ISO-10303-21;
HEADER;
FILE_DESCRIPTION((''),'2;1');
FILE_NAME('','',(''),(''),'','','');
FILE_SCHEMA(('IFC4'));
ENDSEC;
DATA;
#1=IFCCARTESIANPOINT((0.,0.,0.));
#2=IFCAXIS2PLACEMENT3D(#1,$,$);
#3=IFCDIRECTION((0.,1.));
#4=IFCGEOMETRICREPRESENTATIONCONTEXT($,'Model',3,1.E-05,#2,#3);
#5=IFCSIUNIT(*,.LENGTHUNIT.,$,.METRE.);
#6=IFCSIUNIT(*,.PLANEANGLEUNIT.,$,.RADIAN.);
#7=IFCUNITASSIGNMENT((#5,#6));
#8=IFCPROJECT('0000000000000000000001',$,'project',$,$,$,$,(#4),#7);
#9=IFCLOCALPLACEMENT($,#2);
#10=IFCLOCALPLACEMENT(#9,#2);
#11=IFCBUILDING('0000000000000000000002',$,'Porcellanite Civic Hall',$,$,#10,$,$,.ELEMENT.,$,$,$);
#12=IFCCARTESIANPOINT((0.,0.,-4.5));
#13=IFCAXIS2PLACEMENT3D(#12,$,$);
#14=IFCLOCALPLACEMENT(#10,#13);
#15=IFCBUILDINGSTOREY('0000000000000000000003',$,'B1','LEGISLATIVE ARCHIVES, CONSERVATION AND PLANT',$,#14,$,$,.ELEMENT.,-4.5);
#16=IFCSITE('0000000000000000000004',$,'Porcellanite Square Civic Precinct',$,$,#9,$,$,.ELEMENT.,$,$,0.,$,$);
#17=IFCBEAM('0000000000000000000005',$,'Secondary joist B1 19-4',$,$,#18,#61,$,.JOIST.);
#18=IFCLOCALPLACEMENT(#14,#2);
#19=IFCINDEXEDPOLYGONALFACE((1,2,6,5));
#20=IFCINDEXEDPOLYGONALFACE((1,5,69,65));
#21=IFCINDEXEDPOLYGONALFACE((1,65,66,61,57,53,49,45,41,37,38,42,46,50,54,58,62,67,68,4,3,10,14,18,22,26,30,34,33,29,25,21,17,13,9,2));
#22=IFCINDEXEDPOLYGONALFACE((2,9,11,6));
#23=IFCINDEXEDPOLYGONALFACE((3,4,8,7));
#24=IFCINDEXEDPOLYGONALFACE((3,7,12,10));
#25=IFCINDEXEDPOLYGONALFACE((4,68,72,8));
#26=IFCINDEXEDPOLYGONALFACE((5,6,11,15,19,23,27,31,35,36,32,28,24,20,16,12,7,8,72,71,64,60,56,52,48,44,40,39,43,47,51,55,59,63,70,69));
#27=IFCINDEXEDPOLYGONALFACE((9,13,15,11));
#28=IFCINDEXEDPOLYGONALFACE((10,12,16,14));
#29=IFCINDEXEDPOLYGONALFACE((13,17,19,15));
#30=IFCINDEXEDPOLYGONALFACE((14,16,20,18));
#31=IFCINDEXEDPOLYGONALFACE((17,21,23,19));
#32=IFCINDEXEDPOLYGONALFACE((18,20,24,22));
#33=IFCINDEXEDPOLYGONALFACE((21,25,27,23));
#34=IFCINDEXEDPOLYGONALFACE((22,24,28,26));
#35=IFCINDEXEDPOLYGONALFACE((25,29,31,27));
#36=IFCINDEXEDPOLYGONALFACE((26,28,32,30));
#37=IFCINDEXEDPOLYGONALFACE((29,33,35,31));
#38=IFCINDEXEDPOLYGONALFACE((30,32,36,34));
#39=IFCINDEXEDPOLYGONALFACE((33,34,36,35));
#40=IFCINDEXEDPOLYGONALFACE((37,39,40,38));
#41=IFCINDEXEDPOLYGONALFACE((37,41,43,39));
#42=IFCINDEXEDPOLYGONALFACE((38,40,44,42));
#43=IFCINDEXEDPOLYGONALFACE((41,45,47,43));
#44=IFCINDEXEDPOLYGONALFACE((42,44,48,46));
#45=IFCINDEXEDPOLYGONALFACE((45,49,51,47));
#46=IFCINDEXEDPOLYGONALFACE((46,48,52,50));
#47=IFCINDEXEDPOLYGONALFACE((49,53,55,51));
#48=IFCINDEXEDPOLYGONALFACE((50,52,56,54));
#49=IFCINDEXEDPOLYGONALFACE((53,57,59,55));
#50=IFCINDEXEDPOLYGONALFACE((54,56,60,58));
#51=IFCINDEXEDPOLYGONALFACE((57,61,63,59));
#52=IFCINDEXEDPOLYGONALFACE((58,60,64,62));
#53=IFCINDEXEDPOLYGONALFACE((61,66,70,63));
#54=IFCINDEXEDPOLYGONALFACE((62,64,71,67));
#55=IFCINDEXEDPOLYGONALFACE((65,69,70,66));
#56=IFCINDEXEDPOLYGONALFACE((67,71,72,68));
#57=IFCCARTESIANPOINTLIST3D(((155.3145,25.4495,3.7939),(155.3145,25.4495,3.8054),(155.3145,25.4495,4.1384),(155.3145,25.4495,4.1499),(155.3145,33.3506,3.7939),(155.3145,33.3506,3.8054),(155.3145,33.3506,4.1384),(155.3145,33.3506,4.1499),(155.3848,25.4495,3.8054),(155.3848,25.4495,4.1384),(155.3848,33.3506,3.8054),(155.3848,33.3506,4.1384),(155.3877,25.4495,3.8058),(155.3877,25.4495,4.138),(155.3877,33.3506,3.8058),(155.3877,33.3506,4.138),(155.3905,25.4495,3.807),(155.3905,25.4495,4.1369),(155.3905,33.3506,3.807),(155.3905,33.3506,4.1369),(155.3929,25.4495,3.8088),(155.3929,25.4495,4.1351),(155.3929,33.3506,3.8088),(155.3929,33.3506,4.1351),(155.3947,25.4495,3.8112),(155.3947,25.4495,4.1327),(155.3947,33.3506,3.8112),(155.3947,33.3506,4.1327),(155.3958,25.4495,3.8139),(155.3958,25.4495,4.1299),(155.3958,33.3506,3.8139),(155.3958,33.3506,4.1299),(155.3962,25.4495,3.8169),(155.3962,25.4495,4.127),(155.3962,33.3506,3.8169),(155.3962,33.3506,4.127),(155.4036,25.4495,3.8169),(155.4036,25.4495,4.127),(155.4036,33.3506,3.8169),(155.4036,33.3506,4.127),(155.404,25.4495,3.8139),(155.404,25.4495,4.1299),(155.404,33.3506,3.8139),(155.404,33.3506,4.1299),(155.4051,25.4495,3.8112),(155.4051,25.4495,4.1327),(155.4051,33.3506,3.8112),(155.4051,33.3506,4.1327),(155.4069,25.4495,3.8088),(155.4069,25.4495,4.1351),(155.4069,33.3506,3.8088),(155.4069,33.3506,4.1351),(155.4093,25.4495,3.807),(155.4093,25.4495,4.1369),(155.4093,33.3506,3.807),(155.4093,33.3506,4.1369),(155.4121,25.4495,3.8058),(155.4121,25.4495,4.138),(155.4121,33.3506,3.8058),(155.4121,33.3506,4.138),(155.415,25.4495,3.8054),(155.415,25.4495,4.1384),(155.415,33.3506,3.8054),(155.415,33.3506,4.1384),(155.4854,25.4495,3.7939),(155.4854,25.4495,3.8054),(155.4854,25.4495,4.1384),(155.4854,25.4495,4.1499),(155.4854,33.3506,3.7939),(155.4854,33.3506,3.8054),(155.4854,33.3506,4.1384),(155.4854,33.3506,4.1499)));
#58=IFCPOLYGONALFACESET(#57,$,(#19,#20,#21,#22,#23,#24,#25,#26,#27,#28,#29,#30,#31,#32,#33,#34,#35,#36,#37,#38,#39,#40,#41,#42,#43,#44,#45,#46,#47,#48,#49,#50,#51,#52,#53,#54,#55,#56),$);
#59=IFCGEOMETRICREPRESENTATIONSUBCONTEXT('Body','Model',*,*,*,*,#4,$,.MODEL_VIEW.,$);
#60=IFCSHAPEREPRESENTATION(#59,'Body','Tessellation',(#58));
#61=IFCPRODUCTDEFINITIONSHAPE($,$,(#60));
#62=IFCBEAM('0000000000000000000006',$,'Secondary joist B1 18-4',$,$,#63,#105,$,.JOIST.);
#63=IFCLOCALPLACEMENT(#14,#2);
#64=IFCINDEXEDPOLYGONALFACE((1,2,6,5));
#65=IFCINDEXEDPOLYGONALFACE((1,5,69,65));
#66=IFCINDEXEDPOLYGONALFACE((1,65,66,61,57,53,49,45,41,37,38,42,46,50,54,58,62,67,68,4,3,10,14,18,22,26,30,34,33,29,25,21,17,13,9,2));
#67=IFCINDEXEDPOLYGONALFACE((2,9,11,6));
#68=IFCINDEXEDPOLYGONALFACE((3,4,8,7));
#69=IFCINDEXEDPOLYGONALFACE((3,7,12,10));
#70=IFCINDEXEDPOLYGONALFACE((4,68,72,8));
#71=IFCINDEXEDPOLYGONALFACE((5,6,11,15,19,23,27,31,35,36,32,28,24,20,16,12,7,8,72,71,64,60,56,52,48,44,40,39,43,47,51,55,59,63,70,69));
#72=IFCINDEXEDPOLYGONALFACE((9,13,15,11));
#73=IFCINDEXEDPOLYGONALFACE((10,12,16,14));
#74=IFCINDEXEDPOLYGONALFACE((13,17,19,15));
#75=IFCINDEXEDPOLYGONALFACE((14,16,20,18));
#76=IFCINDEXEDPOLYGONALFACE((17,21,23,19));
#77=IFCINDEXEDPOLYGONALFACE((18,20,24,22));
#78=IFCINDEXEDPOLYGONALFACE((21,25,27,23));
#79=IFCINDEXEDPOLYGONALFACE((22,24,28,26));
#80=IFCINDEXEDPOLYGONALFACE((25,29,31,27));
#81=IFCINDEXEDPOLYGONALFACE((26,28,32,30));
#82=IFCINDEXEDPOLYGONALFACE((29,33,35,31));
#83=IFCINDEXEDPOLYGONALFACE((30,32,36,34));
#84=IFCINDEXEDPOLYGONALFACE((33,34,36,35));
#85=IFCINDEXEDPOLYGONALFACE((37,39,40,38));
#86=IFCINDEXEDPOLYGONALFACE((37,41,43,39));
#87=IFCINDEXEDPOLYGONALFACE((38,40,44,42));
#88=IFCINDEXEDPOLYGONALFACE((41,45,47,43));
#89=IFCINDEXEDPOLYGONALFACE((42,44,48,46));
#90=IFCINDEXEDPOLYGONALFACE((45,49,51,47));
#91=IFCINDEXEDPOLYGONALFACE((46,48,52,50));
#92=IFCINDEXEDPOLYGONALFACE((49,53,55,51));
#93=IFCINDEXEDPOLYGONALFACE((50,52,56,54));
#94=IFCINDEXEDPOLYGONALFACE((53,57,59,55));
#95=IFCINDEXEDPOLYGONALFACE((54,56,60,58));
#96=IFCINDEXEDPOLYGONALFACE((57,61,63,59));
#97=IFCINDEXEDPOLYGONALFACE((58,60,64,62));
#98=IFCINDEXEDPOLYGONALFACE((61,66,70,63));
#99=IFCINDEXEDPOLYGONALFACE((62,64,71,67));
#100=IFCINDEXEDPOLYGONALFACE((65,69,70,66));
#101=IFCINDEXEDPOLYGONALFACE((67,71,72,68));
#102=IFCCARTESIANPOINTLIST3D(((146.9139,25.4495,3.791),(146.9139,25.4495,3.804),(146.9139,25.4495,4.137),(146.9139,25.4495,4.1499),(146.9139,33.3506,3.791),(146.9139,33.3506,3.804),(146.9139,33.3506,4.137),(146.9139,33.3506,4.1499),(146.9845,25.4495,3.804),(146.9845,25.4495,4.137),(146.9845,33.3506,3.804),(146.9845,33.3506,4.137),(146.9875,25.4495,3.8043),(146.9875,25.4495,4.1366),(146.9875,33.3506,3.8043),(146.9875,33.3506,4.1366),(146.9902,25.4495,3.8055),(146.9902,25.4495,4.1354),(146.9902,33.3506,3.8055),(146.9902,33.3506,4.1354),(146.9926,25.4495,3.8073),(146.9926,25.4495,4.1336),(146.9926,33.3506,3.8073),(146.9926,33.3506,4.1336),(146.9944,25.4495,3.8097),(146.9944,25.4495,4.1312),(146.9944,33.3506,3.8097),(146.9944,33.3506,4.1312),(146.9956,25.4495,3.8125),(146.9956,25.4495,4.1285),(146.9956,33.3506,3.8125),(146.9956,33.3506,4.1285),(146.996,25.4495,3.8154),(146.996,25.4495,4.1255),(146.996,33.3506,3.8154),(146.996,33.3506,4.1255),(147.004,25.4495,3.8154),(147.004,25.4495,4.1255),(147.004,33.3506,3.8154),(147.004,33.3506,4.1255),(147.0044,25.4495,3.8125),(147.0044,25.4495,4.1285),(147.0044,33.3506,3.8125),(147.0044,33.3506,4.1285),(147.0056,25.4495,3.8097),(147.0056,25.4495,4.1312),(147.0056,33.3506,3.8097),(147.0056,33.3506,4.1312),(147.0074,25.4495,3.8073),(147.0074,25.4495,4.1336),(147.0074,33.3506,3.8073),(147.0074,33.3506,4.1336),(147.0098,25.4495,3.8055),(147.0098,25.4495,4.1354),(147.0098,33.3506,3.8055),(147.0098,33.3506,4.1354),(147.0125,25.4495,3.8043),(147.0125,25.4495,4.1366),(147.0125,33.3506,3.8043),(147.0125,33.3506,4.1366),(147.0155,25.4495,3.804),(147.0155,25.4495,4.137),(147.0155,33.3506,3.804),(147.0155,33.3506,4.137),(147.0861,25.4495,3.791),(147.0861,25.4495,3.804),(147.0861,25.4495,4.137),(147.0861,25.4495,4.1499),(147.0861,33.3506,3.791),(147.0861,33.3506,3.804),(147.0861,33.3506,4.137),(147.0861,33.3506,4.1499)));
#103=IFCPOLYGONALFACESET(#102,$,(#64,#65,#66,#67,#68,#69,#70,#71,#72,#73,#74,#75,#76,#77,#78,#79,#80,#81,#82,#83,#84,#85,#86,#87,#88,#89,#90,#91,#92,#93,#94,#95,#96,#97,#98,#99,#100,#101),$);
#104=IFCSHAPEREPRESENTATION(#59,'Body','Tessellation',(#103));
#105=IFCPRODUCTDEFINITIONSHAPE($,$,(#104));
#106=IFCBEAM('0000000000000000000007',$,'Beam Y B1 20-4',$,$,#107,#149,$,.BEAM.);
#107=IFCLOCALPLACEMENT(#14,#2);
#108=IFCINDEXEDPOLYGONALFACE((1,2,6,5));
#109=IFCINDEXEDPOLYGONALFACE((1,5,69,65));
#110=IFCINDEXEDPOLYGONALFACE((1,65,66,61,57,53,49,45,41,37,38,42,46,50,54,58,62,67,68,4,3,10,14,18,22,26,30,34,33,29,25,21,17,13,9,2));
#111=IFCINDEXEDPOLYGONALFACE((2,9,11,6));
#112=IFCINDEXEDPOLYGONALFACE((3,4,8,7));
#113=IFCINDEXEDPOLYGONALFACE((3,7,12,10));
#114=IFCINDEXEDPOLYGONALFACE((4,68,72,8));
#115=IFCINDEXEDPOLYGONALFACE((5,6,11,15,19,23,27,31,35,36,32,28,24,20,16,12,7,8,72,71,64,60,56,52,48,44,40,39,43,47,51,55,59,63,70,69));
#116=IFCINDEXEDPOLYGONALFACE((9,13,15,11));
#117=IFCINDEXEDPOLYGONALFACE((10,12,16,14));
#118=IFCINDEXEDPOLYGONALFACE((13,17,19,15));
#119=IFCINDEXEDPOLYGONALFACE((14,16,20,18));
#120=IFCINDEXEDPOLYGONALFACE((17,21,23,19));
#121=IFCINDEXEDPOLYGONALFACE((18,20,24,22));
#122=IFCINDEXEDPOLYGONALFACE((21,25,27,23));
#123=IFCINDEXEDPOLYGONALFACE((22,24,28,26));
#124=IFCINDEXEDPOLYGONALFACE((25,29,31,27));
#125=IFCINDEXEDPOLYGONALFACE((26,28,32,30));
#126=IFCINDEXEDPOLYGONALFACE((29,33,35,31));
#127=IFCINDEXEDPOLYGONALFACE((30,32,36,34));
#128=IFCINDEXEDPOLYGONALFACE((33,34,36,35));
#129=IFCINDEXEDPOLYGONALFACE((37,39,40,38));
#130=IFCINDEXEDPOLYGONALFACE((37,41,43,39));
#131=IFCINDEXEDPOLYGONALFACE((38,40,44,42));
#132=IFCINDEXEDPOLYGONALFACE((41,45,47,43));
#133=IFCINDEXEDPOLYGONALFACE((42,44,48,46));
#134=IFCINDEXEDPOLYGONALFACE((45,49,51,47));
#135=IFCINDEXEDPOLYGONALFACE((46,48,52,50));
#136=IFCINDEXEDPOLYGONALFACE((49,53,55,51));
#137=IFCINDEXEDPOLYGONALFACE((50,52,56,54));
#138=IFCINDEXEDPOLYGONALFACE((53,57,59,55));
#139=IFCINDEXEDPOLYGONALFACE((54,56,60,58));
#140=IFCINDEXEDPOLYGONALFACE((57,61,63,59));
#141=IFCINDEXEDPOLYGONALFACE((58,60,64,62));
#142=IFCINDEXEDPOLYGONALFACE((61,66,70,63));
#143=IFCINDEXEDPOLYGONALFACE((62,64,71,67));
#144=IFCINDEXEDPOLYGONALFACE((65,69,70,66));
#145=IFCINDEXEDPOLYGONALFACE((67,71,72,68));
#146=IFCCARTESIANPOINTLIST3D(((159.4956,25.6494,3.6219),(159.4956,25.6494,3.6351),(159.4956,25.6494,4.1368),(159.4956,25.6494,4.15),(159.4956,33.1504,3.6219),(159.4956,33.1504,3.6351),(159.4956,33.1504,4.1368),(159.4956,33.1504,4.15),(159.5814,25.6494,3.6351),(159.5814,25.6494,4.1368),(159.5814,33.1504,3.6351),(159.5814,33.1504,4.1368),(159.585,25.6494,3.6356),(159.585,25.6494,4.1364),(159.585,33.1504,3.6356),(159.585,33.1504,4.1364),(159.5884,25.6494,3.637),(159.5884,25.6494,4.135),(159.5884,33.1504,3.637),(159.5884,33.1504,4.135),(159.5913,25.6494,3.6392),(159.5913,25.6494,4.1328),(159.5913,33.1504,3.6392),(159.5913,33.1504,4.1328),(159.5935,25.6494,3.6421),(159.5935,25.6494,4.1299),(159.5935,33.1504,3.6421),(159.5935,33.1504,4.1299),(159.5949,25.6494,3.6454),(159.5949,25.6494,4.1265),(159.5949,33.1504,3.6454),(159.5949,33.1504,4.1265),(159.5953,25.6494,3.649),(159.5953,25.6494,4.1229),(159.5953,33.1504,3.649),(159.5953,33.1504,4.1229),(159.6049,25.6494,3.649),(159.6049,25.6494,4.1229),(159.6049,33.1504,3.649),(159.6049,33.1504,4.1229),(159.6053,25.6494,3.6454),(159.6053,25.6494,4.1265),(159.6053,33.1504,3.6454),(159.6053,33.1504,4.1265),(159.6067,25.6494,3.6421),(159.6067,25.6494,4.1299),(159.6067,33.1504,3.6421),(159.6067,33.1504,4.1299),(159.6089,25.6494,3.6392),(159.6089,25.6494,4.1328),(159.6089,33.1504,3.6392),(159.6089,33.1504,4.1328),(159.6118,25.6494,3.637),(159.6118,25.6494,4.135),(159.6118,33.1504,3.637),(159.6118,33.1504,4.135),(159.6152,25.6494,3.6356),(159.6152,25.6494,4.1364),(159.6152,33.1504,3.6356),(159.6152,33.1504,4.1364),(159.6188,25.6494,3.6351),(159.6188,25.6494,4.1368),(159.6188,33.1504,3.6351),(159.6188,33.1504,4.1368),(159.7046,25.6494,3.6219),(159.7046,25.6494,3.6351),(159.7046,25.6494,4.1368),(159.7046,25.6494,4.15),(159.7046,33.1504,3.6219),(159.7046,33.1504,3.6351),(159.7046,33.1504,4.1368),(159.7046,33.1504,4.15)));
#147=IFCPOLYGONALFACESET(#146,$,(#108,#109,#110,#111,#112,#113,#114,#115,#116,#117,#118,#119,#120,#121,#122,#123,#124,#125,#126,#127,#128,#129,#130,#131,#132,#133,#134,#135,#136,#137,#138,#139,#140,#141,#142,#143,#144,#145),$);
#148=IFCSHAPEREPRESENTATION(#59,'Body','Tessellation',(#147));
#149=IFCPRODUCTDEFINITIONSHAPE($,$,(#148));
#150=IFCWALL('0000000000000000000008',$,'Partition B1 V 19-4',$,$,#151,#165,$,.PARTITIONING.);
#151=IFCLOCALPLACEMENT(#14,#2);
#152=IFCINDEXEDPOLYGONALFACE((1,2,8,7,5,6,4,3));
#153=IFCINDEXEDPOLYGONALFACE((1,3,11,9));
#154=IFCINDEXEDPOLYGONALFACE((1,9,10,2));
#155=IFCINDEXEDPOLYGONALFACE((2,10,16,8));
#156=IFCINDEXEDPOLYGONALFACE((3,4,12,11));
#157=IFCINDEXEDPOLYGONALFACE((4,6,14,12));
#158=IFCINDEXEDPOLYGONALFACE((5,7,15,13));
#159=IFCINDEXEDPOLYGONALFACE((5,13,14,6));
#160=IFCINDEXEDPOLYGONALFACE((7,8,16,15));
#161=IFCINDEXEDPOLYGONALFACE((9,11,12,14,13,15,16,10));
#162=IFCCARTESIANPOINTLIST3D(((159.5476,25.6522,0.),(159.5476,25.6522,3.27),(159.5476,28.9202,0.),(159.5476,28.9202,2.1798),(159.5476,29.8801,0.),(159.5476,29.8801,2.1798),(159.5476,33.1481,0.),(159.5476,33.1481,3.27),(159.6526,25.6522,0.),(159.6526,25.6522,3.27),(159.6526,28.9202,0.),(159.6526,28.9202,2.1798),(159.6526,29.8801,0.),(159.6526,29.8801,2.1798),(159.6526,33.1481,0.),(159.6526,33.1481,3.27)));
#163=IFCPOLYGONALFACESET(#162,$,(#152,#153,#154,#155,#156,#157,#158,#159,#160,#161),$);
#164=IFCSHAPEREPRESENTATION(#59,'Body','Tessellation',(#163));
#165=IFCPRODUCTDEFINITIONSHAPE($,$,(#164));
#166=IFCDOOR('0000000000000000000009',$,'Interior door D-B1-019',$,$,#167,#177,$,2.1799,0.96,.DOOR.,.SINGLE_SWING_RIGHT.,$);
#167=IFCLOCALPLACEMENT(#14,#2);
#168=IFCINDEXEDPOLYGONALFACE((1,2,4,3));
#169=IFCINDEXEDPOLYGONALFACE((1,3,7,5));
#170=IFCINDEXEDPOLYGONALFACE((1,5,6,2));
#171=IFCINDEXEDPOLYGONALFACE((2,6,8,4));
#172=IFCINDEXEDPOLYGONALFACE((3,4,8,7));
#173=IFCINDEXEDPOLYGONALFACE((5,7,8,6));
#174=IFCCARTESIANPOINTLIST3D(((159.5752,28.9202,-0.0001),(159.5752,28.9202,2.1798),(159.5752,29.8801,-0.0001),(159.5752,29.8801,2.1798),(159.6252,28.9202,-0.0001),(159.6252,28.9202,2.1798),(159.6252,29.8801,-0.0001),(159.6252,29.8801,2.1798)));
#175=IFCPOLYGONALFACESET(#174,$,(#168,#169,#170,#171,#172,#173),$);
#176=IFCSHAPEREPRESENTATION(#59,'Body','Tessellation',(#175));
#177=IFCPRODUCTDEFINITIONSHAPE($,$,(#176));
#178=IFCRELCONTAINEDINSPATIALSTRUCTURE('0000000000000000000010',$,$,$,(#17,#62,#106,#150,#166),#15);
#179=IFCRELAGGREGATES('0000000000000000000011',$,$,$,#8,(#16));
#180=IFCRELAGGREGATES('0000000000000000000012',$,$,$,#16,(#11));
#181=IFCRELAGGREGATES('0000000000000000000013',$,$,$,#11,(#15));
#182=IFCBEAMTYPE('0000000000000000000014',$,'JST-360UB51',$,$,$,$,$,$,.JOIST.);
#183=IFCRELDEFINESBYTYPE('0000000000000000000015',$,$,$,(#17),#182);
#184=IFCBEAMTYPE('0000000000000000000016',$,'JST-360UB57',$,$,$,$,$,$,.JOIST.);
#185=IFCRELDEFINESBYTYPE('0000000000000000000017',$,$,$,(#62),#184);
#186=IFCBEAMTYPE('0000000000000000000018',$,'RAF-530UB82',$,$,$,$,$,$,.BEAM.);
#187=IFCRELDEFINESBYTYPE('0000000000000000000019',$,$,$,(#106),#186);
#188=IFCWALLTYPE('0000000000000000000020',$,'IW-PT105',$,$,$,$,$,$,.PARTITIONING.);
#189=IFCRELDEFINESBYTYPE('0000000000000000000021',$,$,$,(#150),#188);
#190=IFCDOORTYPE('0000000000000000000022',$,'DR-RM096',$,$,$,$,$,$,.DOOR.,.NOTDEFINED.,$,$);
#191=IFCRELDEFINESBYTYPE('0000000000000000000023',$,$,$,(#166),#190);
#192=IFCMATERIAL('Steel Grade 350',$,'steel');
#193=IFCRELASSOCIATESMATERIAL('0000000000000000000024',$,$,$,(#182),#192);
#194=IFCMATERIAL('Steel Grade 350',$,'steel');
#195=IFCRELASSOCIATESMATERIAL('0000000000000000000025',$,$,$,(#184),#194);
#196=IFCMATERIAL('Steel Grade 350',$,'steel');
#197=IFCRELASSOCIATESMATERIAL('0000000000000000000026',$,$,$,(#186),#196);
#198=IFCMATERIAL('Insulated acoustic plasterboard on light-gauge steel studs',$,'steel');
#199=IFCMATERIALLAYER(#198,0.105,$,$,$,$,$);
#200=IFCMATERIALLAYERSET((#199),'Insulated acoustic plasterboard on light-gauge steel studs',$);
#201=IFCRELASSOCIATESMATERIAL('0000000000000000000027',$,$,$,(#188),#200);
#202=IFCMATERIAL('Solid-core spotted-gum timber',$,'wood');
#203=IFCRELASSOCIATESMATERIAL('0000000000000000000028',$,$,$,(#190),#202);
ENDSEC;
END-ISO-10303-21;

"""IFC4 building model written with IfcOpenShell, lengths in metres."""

from ifc_helpers import new_model, si_unit, direction, frame, frame_2d, origin, origin_2d, place, context, subcontext, project, spatial, rectangle, i_section, extrude, material, layer, layer_set, material_profile, profile_set, type_object, element, fill, save


model = new_model("IFC4")

# Units and contexts
model_context = context("Model", 3, precision=1e-05, world=origin(), true_north=direction((0.0, 1.0)))
body_context = subcontext(model_context, "Body", "Model", "MODEL_VIEW")
ifc_project = project(units=[si_unit("LENGTHUNIT", "METRE"), si_unit("PLANEANGLEUNIT", "RADIAN")], contexts=[model_context])

# Site, building, storey
site_placement = place(None, origin())
site = spatial("IfcSite", under=ifc_project, at=site_placement, Name="Porcellanite Square Civic Precinct", CompositionType="ELEMENT", RefElevation=0.0)
building_placement = place(site_placement, origin())
building = spatial("IfcBuilding", under=site, at=building_placement, Name="Porcellanite Civic Hall", CompositionType="ELEMENT")
storey_placement = place(building_placement, frame((0.0, 0.0, -4.5)))
storey = spatial("IfcBuildingStorey", under=building, at=storey_placement, Name="B1", Description="LEGISLATIVE ARCHIVES, CONSERVATION AND PLANT", CompositionType="ELEMENT", Elevation=-4.5)

# Beams
ifc_material_1 = material(Name="Steel Grade 350", Category="steel")
ifc_material_profile_1 = material_profile(ifc_material_1, i_section(OverallWidth=0.1709, OverallDepth=0.356, WebThickness=0.0073, FlangeThickness=0.0115, FilletRadius=0.0115, at=origin_2d()), Name="360UB50.7")
ifc_profile_set_1 = profile_set([ifc_material_profile_1], Name="Steel Grade 350")
beam_type_1 = type_object("IfcBeamType", Name="JST-360UB51", PredefinedType="JOIST", material=ifc_profile_set_1)
beam_1_placement = place(storey_placement, frame((155.3999, 25.4495, 3.9719), z_axis=(0.0, 1.0, 0.0), x_axis=(-1.0, 0.0, 0.0)))
element("IfcBeam", 1, at=beam_1_placement, inside=storey, type_object=beam_type_1, Name="Secondary joist B1 19-4", PredefinedType="JOIST", context=body_context, shape_type="SweptSolid", body=[
    extrude(i_section(OverallWidth=0.1709, OverallDepth=0.356, WebThickness=0.0073, FlangeThickness=0.0115, FilletRadius=0.0115, at=origin_2d()), origin(), (0.0, 0.0, 1.0), 7.9011),
])
ifc_material_2 = material(Name="Steel Grade 350", Category="steel")
ifc_material_profile_2 = material_profile(ifc_material_2, i_section(OverallWidth=0.1721, OverallDepth=0.3589, WebThickness=0.0081, FlangeThickness=0.0129, FilletRadius=0.0115, at=origin_2d()), Name="360UB56.7")
ifc_profile_set_2 = profile_set([ifc_material_profile_2], Name="Steel Grade 350")
beam_type_2 = type_object("IfcBeamType", Name="JST-360UB57", PredefinedType="JOIST", material=ifc_profile_set_2)
beam_2_placement = place(storey_placement, frame((147.0, 25.4495, 3.9705), z_axis=(0.0, 1.0, 0.0), x_axis=(-1.0, 0.0, 0.0)))
element("IfcBeam", 2, at=beam_2_placement, inside=storey, type_object=beam_type_2, Name="Secondary joist B1 18-4", PredefinedType="JOIST", context=body_context, shape_type="SweptSolid", body=[
    extrude(i_section(OverallWidth=0.1721, OverallDepth=0.3589, WebThickness=0.0081, FlangeThickness=0.0129, FilletRadius=0.0115, at=origin_2d()), origin(), (0.0, 0.0, 1.0), 7.9011),
])
ifc_material_3 = material(Name="Steel Grade 350", Category="steel")
ifc_material_profile_3 = material_profile(ifc_material_3, i_section(OverallWidth=0.209, OverallDepth=0.5281, WebThickness=0.0095, FlangeThickness=0.0132, FilletRadius=0.0139, at=origin_2d()), Name="530UB82.0")
ifc_profile_set_3 = profile_set([ifc_material_profile_3], Name="Steel Grade 350")
beam_type_3 = type_object("IfcBeamType", Name="RAF-530UB82", PredefinedType="BEAM", material=ifc_profile_set_3)
beam_3_placement = place(storey_placement, frame((159.6001, 25.6494, 3.886), z_axis=(0.0, 1.0, 0.0), x_axis=(-1.0, 0.0, 0.0)))
element("IfcBeam", 3, at=beam_3_placement, inside=storey, type_object=beam_type_3, Name="Beam Y B1 20-4", PredefinedType="BEAM", context=body_context, shape_type="SweptSolid", body=[
    extrude(i_section(OverallWidth=0.209, OverallDepth=0.5281, WebThickness=0.0095, FlangeThickness=0.0132, FilletRadius=0.0139, at=origin_2d()), origin(), (0.0, 0.0, 1.0), 7.501),
])

# Wall, opening, door
ifc_material_4 = material(Name="Insulated acoustic plasterboard on light-gauge steel studs", Category="steel")
ifc_layer_1 = layer(ifc_material_4, 0.105)
ifc_layer_set_1 = layer_set([ifc_layer_1], Name="Insulated acoustic plasterboard on light-gauge steel studs")
wall_type_1 = type_object("IfcWallType", Name="IW-PT105", PredefinedType="PARTITIONING", material=ifc_layer_set_1)
wall_1_placement = place(storey_placement, frame((159.6001, 25.6521, 0.0), z_axis=(0.0, 0.0, 1.0), x_axis=(0.0, 1.0, 0.0)))
wall_1 = element("IfcWall", 4, at=wall_1_placement, inside=storey, type_object=wall_type_1, Name="Partition B1 V 19-4", PredefinedType="PARTITIONING", context=body_context, shape_type="SweptSolid", body=[
    extrude(rectangle(XDim=7.4958, YDim=0.105, at=frame_2d((3.748, 0.0))), origin(), (0.0, 0.0, 1.0), 3.27),
])
opening_1_placement = place(wall_1_placement, frame((3.2681, 0.0, 0.0)))
opening_1 = element("IfcOpeningElement", 5, at=opening_1_placement, cuts=wall_1, PredefinedType="OPENING", context=body_context, shape_type="SweptSolid", body=[
    extrude(rectangle(XDim=0.96, YDim=2.1799, at=frame_2d((0.48, 1.0898))), frame((0.0, 0.0525, 0.0), z_axis=(0.0, -1.0, 0.0), x_axis=(1.0, 0.0, 0.0)), (0.0, 0.0, 1.0), 0.105),
])
ifc_material_5 = material(Name="Solid-core spotted-gum timber", Category="wood")
door_type_1 = type_object("IfcDoorType", Name="DR-RM096", OperationType="NOTDEFINED", PredefinedType="DOOR", material=ifc_material_5)
door_1_placement = place(opening_1_placement, origin())
door_1 = element("IfcDoor", 6, at=door_1_placement, inside=storey, type_object=door_type_1, Name="Interior door D-B1-019", OperationType="SINGLE_SWING_RIGHT", OverallHeight=2.1799, OverallWidth=0.96, PredefinedType="DOOR", context=body_context, shape_type="SweptSolid", body=[
    extrude(rectangle(XDim=0.96, YDim=2.1799, at=frame_2d((0.48, 1.0898))), frame((0.0, 0.0249, 0.0), z_axis=(0.0, -1.0, 0.0), x_axis=(1.0, 0.0, 0.0)), (0.0, 0.0, 1.0), 0.05),
])
fill(opening_1, door_1)

save(model, "model.ifc")
